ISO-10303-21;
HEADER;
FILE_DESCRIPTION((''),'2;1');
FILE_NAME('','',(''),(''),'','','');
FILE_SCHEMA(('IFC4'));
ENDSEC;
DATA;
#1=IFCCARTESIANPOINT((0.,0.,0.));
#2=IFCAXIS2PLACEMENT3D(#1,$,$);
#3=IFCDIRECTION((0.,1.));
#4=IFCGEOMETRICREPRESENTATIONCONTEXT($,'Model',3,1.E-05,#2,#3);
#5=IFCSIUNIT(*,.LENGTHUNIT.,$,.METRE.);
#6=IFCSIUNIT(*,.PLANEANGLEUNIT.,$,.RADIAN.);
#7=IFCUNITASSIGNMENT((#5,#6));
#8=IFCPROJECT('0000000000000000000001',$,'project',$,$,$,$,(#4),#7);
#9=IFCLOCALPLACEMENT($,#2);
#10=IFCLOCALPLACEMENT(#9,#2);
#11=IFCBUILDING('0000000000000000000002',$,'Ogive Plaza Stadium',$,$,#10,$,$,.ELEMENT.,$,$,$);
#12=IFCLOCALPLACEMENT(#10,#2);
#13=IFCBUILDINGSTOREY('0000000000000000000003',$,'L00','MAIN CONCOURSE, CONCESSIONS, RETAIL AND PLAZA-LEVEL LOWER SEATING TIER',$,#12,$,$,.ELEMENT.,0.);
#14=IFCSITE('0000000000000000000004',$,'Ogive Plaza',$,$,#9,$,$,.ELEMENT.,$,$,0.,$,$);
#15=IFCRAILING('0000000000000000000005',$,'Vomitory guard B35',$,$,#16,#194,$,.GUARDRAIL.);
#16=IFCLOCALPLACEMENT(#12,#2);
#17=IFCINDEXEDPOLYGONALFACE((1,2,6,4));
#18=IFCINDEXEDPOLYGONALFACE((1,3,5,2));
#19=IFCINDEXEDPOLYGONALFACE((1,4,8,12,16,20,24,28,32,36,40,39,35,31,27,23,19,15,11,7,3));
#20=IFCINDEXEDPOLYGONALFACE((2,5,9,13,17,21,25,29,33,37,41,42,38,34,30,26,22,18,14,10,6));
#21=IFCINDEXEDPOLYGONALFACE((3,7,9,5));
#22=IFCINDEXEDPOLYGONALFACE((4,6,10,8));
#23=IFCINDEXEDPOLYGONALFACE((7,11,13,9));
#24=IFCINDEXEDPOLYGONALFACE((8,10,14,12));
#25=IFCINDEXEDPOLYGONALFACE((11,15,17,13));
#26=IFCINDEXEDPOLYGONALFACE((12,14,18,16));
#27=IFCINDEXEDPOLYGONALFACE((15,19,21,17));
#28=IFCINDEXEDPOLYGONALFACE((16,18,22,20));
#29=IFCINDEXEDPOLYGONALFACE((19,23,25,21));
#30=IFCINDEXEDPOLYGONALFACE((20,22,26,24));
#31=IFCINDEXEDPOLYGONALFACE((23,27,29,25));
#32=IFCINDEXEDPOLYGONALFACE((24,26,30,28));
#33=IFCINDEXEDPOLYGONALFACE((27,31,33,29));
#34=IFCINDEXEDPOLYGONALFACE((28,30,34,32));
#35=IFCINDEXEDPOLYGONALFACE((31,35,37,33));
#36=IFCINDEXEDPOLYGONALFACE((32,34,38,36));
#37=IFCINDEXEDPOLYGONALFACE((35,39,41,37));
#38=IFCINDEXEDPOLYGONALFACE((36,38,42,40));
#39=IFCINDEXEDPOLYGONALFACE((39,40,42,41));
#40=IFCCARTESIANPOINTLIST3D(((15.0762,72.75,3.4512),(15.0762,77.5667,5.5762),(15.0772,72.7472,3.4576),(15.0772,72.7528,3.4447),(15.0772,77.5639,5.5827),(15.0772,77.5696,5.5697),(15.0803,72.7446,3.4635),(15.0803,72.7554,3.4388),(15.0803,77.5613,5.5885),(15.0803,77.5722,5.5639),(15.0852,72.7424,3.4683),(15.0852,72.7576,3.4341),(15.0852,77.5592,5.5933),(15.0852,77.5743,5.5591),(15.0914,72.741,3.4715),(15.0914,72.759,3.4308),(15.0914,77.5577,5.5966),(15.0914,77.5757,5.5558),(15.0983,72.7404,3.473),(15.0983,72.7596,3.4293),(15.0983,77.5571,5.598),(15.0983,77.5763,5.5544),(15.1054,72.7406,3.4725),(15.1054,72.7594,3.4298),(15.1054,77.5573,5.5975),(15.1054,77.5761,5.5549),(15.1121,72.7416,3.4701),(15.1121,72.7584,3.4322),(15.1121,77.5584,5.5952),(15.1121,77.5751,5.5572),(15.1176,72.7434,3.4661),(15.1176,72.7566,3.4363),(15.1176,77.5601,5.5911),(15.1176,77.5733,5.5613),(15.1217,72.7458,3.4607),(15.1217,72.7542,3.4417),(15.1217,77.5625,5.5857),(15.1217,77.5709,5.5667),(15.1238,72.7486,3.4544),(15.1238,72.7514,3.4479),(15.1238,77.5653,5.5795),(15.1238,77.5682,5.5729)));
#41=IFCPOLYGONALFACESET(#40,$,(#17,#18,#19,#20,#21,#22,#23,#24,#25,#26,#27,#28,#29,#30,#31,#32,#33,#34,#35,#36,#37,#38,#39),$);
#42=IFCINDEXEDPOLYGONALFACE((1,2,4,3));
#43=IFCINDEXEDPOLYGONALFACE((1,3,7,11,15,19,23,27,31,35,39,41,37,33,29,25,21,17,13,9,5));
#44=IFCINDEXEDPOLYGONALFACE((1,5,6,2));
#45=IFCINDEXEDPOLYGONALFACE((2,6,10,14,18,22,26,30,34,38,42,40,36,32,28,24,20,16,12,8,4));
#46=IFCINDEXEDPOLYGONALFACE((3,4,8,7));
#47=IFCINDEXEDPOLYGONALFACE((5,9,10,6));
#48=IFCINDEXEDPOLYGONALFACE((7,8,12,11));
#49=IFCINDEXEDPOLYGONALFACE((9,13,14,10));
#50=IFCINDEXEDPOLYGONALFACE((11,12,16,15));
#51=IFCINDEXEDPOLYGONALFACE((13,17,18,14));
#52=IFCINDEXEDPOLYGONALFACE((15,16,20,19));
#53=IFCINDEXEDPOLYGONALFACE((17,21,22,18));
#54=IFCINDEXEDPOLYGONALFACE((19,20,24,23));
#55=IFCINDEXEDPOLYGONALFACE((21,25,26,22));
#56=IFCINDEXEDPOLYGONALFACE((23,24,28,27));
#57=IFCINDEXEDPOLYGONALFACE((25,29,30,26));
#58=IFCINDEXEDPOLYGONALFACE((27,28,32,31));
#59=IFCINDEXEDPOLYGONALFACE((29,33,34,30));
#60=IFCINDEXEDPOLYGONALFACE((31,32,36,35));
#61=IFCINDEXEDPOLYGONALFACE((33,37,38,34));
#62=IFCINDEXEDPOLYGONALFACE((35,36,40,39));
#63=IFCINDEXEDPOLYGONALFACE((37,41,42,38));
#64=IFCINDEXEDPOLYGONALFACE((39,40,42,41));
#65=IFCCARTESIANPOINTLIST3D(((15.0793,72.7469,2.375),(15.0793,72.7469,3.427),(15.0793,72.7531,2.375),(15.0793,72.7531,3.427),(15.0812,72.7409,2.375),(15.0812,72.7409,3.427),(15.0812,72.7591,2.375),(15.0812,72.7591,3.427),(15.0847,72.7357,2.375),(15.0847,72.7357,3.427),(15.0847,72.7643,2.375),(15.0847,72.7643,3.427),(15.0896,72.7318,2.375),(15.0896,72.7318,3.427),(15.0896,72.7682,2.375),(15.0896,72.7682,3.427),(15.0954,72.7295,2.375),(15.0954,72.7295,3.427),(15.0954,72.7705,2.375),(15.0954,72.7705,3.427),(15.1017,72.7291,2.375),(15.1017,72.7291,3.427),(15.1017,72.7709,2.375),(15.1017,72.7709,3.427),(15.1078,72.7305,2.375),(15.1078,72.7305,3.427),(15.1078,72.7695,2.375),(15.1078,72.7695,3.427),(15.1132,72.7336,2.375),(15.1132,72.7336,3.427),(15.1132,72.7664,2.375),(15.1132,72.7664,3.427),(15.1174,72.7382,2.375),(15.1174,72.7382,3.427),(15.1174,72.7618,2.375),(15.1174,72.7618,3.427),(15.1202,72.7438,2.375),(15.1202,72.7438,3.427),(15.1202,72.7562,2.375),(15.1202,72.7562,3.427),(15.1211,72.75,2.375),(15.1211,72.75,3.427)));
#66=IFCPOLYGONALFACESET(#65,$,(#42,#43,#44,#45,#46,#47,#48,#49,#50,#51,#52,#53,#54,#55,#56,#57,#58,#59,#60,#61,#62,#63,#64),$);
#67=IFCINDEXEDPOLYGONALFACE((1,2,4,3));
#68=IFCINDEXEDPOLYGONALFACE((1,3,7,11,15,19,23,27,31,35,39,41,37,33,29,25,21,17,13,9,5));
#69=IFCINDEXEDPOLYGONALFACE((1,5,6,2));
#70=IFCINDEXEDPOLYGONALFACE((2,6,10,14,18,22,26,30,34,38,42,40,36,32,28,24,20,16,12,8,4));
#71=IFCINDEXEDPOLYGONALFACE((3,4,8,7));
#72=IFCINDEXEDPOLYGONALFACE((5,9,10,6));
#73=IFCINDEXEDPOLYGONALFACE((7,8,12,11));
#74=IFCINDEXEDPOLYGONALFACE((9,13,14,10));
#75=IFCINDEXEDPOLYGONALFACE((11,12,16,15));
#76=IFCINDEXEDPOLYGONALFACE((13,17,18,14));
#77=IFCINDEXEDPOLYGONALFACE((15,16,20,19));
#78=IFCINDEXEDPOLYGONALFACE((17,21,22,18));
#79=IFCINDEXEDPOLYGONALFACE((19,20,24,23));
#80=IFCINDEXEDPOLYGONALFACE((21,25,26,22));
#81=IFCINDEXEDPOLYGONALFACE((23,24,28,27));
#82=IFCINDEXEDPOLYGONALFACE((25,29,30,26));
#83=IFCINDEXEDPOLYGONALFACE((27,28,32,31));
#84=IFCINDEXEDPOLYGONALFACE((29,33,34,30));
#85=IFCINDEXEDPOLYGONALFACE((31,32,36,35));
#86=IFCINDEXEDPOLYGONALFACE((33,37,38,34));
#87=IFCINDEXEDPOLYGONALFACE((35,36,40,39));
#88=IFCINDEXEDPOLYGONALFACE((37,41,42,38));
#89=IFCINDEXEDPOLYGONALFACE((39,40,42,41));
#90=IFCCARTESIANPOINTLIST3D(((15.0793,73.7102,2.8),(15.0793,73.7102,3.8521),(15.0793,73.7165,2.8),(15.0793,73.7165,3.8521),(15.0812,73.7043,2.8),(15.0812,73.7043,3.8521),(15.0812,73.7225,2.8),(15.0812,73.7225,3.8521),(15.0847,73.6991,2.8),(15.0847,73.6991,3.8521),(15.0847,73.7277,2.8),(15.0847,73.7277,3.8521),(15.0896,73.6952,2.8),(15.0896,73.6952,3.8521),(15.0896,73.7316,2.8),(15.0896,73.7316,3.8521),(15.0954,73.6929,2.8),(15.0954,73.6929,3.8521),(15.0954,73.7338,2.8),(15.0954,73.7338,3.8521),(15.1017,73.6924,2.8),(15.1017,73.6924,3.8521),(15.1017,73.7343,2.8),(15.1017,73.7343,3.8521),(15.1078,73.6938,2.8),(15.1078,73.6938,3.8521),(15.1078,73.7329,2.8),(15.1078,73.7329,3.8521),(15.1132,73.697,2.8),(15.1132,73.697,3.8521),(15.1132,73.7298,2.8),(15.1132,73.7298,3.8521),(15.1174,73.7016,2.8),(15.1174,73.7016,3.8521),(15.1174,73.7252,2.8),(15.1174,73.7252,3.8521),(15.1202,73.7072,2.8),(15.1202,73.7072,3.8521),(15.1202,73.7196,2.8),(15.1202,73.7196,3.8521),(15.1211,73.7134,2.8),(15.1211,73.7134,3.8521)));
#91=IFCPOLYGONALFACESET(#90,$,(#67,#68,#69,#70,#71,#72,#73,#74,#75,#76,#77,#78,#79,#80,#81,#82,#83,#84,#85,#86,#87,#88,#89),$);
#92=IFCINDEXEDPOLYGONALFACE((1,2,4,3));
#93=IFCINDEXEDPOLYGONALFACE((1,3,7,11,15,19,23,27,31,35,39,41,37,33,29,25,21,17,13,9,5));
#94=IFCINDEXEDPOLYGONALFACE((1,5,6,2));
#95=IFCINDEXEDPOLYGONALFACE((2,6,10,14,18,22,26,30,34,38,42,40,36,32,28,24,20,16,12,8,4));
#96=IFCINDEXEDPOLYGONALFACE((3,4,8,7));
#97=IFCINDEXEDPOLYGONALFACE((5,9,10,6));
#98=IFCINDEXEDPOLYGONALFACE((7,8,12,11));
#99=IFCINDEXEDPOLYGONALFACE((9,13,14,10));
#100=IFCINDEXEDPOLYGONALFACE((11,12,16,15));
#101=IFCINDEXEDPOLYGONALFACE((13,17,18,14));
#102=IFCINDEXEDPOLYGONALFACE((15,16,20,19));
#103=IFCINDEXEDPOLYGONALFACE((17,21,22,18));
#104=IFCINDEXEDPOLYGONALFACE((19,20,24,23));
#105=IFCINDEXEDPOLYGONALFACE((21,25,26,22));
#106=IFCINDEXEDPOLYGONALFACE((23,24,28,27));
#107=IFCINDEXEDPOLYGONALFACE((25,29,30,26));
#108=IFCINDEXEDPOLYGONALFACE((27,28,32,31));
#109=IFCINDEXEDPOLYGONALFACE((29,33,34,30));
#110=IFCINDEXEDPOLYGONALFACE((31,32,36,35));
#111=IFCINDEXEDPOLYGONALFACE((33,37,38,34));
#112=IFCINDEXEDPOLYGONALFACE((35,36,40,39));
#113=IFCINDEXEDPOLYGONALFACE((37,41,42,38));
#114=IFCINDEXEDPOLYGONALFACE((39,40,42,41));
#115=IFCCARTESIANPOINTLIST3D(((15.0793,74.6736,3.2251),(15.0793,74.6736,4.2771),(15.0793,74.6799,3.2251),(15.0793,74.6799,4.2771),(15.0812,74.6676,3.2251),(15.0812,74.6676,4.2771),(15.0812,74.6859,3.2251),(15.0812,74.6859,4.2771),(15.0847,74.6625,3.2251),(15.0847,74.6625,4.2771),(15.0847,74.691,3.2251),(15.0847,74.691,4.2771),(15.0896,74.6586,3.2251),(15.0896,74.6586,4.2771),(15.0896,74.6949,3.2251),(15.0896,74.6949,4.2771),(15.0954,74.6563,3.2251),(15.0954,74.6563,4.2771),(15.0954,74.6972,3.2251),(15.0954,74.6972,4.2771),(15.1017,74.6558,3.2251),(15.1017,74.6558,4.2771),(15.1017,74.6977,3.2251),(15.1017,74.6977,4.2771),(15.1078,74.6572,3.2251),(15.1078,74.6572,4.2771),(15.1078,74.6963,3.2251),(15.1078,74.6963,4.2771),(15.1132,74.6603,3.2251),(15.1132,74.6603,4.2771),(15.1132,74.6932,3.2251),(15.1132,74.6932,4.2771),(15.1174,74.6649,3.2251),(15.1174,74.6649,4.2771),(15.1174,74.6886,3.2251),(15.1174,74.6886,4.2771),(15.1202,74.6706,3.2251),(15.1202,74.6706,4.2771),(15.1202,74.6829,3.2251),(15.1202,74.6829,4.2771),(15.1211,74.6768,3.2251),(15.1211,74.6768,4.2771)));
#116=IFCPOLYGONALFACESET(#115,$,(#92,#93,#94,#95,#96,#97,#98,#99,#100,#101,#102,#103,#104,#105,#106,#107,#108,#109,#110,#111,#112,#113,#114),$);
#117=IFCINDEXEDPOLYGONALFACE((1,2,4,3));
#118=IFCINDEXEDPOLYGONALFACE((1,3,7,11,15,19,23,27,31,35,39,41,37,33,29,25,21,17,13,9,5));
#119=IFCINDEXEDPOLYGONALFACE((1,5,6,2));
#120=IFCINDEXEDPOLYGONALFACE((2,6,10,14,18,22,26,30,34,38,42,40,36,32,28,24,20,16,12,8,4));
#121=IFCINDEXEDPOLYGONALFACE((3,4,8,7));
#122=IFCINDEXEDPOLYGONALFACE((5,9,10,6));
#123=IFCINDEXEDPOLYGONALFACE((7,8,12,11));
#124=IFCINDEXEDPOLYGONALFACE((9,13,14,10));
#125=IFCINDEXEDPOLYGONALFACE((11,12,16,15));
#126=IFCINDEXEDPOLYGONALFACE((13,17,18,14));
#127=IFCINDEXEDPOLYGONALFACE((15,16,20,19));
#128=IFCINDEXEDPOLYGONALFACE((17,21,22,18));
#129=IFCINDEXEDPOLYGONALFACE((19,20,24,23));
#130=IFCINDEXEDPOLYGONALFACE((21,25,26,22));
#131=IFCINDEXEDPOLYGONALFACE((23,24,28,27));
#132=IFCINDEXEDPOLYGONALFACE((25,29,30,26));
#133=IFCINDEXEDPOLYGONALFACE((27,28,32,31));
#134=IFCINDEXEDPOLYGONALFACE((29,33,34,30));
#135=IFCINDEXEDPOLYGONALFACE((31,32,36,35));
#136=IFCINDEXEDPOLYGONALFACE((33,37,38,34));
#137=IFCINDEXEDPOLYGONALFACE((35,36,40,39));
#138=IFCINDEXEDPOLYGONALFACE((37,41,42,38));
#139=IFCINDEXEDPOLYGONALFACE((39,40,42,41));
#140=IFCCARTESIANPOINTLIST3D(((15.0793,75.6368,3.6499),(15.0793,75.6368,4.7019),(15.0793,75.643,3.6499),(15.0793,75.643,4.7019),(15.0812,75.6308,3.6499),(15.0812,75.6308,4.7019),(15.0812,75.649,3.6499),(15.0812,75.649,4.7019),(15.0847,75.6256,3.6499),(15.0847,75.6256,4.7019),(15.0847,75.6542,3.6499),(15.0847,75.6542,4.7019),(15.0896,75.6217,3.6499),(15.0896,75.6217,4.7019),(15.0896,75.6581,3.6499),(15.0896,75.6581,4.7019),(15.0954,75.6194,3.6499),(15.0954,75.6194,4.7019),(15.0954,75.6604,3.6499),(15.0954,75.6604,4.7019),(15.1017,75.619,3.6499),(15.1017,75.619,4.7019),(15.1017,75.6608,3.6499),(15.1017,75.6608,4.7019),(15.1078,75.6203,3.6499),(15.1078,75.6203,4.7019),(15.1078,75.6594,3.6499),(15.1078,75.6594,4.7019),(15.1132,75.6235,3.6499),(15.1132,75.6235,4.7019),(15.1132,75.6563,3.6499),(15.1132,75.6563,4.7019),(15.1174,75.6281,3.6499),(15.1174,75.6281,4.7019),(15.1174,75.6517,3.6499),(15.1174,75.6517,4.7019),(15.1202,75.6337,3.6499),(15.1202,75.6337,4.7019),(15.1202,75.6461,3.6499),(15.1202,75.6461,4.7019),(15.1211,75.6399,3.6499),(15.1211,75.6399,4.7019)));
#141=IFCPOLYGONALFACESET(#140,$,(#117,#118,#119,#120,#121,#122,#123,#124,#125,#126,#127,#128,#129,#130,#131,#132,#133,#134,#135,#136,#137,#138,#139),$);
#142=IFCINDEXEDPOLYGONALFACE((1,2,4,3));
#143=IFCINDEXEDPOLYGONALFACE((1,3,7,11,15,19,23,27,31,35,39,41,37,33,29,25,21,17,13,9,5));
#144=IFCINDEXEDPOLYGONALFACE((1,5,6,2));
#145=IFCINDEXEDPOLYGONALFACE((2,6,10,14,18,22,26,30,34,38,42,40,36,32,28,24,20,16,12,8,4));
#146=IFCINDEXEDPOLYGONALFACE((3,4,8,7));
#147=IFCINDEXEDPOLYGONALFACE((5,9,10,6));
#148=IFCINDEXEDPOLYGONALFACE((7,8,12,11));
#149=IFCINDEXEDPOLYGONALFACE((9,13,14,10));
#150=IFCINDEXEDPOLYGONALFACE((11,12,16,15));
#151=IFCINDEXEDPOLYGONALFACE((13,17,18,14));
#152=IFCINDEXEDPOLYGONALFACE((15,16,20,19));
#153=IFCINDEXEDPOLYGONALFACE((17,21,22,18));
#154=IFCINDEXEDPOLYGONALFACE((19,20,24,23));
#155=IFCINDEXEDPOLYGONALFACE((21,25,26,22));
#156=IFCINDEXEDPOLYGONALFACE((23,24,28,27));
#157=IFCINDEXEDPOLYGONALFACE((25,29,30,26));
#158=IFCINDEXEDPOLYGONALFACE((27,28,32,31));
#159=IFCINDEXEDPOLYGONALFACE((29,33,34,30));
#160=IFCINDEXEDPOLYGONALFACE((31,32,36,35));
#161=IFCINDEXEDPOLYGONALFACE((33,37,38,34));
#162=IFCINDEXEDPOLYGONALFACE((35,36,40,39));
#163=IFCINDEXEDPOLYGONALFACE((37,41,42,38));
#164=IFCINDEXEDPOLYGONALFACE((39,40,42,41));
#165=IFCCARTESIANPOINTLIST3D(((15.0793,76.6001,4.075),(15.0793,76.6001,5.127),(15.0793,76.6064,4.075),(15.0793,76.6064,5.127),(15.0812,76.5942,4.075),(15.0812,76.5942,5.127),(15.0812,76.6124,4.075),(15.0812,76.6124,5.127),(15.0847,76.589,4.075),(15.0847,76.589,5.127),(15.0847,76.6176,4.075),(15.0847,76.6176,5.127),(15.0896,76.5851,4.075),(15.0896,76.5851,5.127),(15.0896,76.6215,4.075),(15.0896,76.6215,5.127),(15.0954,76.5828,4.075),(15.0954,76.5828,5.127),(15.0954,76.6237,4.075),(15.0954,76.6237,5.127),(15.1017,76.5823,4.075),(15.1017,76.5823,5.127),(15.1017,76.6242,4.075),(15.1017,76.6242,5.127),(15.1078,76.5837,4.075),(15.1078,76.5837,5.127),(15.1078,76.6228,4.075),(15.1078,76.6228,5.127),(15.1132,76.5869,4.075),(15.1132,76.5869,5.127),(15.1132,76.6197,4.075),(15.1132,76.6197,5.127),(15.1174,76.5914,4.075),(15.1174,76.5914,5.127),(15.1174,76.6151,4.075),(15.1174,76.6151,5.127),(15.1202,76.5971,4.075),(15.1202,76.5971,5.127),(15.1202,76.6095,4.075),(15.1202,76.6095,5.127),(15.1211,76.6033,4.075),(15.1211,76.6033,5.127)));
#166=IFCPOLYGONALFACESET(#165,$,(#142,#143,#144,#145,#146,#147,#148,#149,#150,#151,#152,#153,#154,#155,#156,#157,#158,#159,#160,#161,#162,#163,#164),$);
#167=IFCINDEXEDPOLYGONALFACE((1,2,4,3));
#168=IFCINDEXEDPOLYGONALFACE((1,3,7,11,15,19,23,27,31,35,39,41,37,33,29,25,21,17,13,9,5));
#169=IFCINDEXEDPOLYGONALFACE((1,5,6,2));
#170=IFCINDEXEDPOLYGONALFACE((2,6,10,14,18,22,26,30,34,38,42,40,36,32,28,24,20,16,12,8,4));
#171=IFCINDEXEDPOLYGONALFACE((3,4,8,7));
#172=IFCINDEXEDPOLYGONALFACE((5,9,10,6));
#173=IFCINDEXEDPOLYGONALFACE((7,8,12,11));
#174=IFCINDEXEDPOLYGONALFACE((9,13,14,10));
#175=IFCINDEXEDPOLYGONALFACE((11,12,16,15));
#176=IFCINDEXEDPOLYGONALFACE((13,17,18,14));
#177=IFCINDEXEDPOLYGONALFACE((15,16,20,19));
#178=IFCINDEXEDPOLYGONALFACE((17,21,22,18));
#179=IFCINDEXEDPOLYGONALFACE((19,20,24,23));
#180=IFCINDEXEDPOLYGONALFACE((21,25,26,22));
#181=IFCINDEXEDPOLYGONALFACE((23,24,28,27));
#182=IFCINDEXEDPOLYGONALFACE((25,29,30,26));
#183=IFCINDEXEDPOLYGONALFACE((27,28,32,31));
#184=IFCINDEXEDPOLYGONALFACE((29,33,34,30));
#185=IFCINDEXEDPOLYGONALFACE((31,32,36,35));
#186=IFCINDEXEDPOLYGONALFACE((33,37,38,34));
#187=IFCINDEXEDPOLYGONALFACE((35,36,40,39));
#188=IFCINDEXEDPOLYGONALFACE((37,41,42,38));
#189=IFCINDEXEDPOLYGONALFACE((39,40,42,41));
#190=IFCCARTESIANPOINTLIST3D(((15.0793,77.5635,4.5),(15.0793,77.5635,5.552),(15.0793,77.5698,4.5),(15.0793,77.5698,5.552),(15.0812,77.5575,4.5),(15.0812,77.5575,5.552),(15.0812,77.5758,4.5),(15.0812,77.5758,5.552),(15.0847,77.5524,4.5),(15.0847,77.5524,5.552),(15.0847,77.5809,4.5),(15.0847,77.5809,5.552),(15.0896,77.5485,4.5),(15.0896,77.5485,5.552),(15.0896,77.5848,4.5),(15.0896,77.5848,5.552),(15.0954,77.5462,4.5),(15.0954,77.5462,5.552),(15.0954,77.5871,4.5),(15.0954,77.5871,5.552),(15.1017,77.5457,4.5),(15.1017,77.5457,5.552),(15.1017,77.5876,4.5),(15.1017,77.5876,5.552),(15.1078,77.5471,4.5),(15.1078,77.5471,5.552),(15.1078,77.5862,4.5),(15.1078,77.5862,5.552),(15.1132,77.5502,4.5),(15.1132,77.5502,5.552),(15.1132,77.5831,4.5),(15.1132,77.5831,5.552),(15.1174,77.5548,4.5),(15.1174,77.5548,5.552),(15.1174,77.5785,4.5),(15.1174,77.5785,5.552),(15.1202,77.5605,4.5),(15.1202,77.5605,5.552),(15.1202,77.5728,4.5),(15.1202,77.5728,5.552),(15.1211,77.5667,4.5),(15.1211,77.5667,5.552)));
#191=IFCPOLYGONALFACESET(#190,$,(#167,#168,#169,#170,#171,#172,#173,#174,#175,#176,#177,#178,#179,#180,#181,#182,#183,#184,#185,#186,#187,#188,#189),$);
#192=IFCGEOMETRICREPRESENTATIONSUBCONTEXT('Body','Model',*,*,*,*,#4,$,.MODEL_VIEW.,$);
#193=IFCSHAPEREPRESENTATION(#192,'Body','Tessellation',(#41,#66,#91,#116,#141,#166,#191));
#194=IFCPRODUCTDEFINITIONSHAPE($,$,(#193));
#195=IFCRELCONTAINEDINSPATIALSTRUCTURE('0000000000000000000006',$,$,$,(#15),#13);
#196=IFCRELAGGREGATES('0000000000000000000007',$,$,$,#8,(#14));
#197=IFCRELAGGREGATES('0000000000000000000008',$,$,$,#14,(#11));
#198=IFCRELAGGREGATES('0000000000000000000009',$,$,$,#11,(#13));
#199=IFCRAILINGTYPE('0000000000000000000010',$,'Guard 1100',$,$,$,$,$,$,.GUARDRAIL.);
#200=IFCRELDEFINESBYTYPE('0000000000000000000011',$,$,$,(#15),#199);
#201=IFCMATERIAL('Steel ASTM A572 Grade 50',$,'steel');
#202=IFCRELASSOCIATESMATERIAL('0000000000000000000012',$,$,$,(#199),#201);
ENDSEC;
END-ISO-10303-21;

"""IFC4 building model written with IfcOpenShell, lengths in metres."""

from ifc_helpers import new_model, si_unit, direction, frame, origin, origin_2d, place, context, subcontext, project, spatial, circle, extrude, material, type_object, element, save


model = new_model("IFC4")

# Units and contexts
model_context = context("Model", 3, precision=1e-05, world=origin(), true_north=direction((0.0, 1.0)))
body_context = subcontext(model_context, "Body", "Model", "MODEL_VIEW")
ifc_project = project(units=[si_unit("LENGTHUNIT", "METRE"), si_unit("PLANEANGLEUNIT", "RADIAN")], contexts=[model_context])

# Site, building, storey
site_placement = place(None, origin())
site = spatial("IfcSite", under=ifc_project, at=site_placement, Name="Ogive Plaza", CompositionType="ELEMENT", RefElevation=0.0)
building_placement = place(site_placement, origin())
building = spatial("IfcBuilding", under=site, at=building_placement, Name="Ogive Plaza Stadium", CompositionType="ELEMENT")
storey_placement = place(building_placement, origin())
storey = spatial("IfcBuildingStorey", under=building, at=storey_placement, Name="L00", Description="MAIN CONCOURSE, CONCESSIONS, RETAIL AND PLAZA-LEVEL LOWER SEATING TIER", CompositionType="ELEMENT", Elevation=0.0)

# Railing
ifc_material_1 = material(Name="Steel ASTM A572 Grade 50", Category="steel")
railing_type = type_object("IfcRailingType", Name="Guard 1100", PredefinedType="GUARDRAIL", material=ifc_material_1)
for number, where, name in (
    (1, (15.1001, 72.75, 2.375), "Vomitory guard B35"),
):
    element("IfcRailing", number, at=place(storey_placement, frame(where)), inside=storey, type_object=railing_type, Name=name, PredefinedType="GUARDRAIL", context=body_context, shape_type="SweptSolid", body=[
        extrude(circle(Radius=0.0239, at=origin_2d()), frame((0.0, 0.0, 1.0762), z_axis=(0.0, 0.914917, 0.403641), x_axis=(-1.0, 0.0, 0.0)), (0.0, 0.0, 1.0), 5.2646),
        extrude(circle(Radius=0.021, at=origin_2d()), origin(), (0.0, 0.0, 1.0), 1.052),
        extrude(circle(Radius=0.021, at=origin_2d()), frame((0.0, 0.9634, 0.425)), (0.0, 0.0, 1.0), 1.052),
        extrude(circle(Radius=0.021, at=origin_2d()), frame((0.0, 1.9268, 0.8501)), (0.0, 0.0, 1.0), 1.052),
        extrude(circle(Radius=0.021, at=origin_2d()), frame((0.0, 2.8899, 1.2749)), (0.0, 0.0, 1.0), 1.052),
        extrude(circle(Radius=0.021, at=origin_2d()), frame((0.0, 3.8533, 1.7)), (0.0, 0.0, 1.0), 1.052),
        extrude(circle(Radius=0.021, at=origin_2d()), frame((0.0, 4.8167, 2.125)), (0.0, 0.0, 1.0), 1.052),
    ])

save(model, "model.ifc")
